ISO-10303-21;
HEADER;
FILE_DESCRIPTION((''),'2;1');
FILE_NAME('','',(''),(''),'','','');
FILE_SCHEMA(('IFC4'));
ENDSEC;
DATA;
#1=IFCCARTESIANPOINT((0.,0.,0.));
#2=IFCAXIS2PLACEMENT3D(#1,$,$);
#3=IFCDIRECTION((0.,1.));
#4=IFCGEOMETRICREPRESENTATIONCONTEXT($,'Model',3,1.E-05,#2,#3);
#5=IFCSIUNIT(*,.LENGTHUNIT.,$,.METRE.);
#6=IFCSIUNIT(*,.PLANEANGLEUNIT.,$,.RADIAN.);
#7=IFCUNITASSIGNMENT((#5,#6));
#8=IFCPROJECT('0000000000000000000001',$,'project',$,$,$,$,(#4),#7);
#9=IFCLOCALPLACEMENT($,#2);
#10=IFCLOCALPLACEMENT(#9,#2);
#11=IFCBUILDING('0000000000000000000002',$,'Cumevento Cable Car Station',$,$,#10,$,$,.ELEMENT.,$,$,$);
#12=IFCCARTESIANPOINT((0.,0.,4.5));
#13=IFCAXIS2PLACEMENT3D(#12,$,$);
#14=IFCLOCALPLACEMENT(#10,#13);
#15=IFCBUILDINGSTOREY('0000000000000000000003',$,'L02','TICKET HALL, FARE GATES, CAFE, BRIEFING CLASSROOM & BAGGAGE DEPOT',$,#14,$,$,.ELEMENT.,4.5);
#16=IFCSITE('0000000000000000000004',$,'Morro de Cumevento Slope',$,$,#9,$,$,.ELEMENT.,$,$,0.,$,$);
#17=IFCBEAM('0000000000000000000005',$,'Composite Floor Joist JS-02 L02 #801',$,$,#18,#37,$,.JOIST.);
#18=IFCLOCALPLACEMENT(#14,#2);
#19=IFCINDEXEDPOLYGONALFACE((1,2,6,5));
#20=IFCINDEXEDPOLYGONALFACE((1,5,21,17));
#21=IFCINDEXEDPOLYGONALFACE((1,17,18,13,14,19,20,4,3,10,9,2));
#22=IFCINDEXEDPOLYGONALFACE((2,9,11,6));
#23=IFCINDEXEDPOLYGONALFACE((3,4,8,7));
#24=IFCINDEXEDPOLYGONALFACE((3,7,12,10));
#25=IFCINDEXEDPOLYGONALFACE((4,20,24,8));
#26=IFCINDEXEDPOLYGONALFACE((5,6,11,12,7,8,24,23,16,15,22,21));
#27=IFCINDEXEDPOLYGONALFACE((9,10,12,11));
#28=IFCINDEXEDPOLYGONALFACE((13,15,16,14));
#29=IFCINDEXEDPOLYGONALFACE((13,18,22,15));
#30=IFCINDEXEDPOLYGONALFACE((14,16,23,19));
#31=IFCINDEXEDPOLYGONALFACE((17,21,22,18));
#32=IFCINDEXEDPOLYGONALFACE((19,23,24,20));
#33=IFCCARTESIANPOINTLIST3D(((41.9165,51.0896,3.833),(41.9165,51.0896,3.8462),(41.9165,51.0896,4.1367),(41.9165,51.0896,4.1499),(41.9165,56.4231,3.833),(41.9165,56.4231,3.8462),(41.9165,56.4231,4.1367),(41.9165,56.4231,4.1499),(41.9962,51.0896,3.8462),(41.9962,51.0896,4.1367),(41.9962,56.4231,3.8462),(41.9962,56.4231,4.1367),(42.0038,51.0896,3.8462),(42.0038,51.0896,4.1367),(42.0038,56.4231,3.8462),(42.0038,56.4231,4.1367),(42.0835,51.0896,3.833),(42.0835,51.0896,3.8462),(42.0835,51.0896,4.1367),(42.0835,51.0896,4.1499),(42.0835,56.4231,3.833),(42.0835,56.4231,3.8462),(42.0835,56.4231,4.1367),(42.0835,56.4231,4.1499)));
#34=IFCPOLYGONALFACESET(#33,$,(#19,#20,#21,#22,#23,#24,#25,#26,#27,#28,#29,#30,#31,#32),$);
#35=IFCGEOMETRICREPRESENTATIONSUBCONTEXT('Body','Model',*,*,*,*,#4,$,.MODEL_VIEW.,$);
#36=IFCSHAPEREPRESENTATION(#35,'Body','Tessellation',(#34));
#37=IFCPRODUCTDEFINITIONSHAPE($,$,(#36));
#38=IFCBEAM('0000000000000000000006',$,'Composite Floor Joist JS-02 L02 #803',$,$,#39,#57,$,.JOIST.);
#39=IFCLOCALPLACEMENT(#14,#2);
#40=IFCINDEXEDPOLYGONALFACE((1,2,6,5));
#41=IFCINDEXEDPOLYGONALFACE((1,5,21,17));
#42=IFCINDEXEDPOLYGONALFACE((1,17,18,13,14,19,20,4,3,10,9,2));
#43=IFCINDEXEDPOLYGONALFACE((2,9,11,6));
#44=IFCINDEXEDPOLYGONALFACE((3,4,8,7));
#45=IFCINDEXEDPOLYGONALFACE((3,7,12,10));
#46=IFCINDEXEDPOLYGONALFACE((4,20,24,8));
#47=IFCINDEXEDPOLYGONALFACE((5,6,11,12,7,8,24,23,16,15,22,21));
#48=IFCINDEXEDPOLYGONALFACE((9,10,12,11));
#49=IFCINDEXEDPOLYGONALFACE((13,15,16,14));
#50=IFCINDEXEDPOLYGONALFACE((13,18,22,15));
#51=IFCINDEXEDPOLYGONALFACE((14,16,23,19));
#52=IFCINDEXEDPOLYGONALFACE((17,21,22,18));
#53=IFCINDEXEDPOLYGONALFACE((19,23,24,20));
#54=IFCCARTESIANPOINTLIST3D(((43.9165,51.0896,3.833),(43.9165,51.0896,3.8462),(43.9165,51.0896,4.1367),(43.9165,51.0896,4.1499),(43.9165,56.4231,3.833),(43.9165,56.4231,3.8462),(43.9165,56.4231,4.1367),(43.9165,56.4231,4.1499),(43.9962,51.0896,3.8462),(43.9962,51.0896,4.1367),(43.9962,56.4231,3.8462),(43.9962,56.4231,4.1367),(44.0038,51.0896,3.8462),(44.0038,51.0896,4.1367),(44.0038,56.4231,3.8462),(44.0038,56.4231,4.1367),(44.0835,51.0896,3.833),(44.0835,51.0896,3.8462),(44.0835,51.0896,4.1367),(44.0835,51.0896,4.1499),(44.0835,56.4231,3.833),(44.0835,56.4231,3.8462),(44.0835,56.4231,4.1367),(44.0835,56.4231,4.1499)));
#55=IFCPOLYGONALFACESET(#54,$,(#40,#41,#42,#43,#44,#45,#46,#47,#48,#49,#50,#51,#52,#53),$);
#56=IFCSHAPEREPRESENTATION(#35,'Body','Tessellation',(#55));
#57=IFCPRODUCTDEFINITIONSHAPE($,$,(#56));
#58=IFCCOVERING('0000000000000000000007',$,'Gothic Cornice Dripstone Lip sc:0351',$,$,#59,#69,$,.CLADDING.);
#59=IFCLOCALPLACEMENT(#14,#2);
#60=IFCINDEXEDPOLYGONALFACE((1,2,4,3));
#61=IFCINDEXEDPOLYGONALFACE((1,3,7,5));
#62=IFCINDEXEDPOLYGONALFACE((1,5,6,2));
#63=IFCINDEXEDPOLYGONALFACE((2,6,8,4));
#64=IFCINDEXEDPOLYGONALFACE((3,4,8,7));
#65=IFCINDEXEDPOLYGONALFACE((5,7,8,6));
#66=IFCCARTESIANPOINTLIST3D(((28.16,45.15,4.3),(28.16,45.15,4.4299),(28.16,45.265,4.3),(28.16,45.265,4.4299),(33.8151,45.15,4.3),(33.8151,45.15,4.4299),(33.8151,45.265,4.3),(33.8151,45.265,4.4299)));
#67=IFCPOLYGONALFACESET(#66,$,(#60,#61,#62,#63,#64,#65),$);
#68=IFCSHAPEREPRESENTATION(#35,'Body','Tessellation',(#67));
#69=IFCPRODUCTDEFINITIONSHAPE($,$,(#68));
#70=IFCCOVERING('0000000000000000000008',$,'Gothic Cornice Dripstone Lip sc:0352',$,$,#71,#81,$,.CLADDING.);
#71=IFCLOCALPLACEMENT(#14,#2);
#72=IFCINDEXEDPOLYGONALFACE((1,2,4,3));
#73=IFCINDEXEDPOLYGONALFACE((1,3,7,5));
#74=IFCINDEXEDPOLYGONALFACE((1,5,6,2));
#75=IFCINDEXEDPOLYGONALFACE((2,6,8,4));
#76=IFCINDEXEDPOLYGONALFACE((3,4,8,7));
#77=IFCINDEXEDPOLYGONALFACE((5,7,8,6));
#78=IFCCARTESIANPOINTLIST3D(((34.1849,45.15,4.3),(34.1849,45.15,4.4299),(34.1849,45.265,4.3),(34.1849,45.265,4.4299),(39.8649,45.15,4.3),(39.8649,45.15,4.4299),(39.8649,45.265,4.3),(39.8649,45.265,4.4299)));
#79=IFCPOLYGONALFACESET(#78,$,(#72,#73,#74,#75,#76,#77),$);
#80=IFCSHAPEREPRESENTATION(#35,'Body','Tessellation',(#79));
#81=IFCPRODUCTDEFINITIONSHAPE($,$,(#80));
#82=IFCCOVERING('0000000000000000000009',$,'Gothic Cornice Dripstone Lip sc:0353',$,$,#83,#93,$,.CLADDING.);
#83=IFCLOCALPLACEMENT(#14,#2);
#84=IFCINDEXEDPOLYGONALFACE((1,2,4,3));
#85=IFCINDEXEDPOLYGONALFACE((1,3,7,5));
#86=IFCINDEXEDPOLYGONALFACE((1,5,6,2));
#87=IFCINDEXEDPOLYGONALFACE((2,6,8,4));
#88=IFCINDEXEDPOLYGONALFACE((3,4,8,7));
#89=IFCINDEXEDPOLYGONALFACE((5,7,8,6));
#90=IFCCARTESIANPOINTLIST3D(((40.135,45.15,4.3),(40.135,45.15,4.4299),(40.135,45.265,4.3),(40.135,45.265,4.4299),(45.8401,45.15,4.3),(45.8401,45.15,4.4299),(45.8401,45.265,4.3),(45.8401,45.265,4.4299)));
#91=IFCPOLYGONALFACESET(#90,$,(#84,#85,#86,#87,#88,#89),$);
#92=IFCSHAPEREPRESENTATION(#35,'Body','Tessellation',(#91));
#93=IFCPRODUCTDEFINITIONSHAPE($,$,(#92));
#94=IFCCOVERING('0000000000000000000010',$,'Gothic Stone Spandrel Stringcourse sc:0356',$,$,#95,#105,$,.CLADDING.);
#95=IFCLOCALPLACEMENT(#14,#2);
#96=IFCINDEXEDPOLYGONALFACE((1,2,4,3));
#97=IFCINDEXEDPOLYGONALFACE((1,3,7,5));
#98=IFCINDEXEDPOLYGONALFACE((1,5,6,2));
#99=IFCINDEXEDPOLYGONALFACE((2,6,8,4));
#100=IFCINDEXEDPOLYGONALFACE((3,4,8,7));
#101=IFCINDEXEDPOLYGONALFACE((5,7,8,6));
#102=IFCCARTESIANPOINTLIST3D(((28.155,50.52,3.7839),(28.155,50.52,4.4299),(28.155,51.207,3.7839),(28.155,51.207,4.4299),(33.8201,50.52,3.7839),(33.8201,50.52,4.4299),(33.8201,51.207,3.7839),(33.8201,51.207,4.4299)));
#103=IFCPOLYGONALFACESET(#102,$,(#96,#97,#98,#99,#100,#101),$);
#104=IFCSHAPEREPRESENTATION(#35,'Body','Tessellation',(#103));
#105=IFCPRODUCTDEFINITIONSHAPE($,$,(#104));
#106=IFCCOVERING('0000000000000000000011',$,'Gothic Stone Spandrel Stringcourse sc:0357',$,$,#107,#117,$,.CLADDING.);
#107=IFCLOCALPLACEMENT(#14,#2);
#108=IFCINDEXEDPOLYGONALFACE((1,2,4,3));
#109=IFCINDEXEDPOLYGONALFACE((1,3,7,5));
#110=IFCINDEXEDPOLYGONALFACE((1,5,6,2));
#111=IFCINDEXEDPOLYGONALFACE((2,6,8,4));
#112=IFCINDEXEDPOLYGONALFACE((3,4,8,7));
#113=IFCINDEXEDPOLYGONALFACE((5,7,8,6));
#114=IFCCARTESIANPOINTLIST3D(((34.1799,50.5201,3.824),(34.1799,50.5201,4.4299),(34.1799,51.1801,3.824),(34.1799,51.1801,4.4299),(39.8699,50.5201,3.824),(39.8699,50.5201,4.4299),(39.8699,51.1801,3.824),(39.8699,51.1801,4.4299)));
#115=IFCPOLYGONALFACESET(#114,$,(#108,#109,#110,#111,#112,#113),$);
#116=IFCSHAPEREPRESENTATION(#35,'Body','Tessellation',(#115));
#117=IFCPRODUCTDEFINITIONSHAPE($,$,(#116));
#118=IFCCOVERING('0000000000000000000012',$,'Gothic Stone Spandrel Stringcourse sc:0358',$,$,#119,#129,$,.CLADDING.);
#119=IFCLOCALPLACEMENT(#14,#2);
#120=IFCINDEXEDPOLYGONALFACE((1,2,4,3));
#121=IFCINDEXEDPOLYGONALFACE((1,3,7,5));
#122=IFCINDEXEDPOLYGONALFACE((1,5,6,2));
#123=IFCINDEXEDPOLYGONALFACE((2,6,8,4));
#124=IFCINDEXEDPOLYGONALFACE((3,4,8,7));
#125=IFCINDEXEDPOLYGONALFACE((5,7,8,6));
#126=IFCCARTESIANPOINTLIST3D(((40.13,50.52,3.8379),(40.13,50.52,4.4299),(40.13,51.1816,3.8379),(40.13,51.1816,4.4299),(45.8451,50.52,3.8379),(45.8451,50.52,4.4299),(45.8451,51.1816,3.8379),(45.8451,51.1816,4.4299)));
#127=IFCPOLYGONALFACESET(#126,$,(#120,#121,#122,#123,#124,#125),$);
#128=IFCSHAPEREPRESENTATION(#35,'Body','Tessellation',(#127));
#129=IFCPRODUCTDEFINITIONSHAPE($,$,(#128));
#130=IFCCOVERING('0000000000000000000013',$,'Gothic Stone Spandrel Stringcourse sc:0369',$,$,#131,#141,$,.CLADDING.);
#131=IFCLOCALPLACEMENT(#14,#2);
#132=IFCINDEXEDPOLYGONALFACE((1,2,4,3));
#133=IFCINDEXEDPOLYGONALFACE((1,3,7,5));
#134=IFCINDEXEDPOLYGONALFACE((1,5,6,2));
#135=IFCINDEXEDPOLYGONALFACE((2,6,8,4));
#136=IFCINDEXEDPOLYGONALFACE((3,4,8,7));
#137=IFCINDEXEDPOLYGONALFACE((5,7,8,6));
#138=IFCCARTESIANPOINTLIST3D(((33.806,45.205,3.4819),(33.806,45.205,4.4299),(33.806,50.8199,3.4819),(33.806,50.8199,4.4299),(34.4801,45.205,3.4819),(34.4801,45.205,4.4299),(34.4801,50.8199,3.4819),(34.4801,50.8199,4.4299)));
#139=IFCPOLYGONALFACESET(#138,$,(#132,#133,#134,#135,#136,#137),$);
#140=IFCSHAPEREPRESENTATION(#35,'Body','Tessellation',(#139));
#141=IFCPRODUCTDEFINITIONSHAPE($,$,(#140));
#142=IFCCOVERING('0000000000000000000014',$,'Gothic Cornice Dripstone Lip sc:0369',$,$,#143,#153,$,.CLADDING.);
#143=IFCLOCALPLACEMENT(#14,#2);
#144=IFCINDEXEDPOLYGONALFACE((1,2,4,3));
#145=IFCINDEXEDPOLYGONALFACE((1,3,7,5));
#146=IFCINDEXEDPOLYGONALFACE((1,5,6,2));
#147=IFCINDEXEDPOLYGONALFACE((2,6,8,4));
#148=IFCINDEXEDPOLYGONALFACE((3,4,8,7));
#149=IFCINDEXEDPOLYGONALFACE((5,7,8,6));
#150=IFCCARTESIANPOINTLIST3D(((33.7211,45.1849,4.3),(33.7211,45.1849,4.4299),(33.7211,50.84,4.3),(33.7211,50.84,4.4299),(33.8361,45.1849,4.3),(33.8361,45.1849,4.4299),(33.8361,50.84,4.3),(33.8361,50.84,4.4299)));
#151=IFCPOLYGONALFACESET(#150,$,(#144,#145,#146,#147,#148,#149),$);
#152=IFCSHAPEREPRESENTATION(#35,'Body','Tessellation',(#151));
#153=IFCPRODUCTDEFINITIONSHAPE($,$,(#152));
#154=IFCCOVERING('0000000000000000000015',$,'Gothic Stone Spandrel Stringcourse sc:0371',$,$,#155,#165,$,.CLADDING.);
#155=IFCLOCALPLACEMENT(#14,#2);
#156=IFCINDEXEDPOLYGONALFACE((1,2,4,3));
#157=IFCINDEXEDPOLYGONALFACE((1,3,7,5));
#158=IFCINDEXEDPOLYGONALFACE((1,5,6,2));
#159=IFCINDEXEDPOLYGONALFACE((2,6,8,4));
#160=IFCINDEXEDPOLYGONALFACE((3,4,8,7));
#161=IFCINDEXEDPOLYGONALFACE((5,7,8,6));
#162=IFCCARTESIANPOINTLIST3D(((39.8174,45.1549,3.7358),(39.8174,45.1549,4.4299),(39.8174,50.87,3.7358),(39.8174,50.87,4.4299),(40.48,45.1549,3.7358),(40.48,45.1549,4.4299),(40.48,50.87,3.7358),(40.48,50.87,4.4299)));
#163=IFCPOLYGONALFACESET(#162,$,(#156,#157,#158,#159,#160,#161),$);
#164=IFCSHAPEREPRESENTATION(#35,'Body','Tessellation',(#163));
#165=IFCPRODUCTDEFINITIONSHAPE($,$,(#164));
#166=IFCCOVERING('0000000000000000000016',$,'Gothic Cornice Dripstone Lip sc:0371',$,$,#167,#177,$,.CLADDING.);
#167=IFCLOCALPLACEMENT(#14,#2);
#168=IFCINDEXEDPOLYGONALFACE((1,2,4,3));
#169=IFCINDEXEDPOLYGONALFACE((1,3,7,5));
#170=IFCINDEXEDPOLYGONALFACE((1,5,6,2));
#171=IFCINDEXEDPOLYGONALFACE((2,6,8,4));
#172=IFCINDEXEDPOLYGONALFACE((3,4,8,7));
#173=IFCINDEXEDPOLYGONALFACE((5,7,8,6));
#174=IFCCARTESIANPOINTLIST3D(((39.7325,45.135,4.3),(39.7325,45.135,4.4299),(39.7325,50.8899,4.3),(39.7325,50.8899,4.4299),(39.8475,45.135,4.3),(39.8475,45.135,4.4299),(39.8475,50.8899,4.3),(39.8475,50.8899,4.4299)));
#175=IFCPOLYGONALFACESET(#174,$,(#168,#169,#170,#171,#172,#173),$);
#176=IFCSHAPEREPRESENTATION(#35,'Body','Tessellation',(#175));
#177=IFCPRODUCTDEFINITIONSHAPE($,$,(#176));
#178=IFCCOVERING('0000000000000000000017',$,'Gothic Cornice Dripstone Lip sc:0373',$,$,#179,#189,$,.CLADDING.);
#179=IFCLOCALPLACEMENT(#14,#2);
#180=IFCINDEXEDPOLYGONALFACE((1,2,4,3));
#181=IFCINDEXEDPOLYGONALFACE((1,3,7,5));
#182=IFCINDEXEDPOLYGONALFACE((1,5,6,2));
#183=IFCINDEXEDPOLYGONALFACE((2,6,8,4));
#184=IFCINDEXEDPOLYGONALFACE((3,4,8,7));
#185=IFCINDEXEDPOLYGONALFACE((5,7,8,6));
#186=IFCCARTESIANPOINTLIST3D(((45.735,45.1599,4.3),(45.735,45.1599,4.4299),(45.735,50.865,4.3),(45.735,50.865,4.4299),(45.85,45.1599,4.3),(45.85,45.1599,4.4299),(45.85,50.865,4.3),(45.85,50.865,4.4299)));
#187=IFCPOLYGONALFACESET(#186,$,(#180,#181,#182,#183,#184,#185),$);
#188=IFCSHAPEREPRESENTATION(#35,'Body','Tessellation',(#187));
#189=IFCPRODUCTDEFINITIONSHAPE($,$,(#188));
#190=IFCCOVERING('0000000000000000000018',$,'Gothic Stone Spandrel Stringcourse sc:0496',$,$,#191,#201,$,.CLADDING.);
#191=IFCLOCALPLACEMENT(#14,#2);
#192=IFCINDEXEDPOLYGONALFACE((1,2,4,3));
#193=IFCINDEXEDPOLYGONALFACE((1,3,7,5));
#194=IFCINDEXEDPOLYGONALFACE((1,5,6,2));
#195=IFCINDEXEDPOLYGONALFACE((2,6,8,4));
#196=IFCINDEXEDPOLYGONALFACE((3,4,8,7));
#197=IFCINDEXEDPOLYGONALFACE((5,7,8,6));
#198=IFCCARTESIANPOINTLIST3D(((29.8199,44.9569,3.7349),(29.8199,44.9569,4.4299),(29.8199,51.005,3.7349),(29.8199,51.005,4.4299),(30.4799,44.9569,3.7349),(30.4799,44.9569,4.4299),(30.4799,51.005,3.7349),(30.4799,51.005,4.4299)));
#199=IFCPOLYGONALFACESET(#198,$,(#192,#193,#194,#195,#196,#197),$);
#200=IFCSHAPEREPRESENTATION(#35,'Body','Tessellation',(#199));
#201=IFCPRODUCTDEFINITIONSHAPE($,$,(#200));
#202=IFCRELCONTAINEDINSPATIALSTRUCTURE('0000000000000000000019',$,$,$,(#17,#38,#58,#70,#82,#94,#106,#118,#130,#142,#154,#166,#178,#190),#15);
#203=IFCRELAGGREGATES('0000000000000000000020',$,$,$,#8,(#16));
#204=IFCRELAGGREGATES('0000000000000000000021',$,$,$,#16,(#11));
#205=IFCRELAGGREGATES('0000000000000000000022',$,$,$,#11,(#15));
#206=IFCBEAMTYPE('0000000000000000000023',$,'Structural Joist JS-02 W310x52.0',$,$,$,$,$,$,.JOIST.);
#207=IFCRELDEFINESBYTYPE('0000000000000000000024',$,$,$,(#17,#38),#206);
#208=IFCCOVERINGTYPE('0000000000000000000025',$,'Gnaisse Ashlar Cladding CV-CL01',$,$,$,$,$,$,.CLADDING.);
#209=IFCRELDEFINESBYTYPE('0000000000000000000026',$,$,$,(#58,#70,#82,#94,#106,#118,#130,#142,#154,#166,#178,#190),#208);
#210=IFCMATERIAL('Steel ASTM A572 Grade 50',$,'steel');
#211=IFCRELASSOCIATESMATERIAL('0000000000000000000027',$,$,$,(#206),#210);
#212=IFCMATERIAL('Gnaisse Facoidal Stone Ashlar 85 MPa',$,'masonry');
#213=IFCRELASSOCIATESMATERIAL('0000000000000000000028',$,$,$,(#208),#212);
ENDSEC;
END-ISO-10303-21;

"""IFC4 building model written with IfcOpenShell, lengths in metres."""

from ifc_helpers import new_model, si_unit, direction, frame, origin, origin_2d, place, context, subcontext, project, spatial, rectangle, i_section, extrude, material, material_profile, profile_set, type_object, element, save


model = new_model("IFC4")

# Units and contexts
model_context = context("Model", 3, precision=1e-05, world=origin(), true_north=direction((0.0, 1.0)))
body_context = subcontext(model_context, "Body", "Model", "MODEL_VIEW")
ifc_project = project(units=[si_unit("LENGTHUNIT", "METRE"), si_unit("PLANEANGLEUNIT", "RADIAN")], contexts=[model_context])

# Site, building, storey
site_placement = place(None, origin())
site = spatial("IfcSite", under=ifc_project, at=site_placement, Name="Morro de Cumevento Slope", CompositionType="ELEMENT", RefElevation=0.0)
building_placement = place(site_placement, origin())
building = spatial("IfcBuilding", under=site, at=building_placement, Name="Cumevento Cable Car Station", CompositionType="ELEMENT")
storey_placement = place(building_placement, frame((0.0, 0.0, 4.5)))
storey = spatial("IfcBuildingStorey", under=building, at=storey_placement, Name="L02", Description="TICKET HALL, FARE GATES, CAFE, BRIEFING CLASSROOM & BAGGAGE DEPOT", CompositionType="ELEMENT", Elevation=4.5)

# Beams
ifc_material_1 = material(Name="Steel ASTM A572 Grade 50", Category="steel")
ifc_material_profile_1 = material_profile(ifc_material_1, i_section(OverallWidth=0.167, OverallDepth=0.3169, WebThickness=0.0076, FlangeThickness=0.0132, at=origin_2d()), Name="W310x52.0")
ifc_profile_set_1 = profile_set([ifc_material_profile_1], Name="Steel ASTM A572 Grade 50")
beam_type_1 = type_object("IfcBeamType", Name="Structural Joist JS-02 W310x52.0", PredefinedType="JOIST", material=ifc_profile_set_1)
for number, where, z_axis, x_axis, name in (
    (1, (42.0, 51.0896, 3.9915), (0.0, 1.0, 0.0), (-1.0, 0.0, 0.0), "Composite Floor Joist JS-02 L02 #801"),
    (2, (44.0, 51.0896, 3.9915), (0.0, 1.0, 0.0), (-1.0, 0.0, 0.0), "Composite Floor Joist JS-02 L02 #803"),
):
    element("IfcBeam", number, at=place(storey_placement, frame(where, z_axis=z_axis, x_axis=x_axis)), inside=storey, type_object=beam_type_1, Name=name, PredefinedType="JOIST", context=body_context, shape_type="SweptSolid", body=[
        extrude(i_section(OverallWidth=0.167, OverallDepth=0.3169, WebThickness=0.0076, FlangeThickness=0.0132, at=origin_2d()), origin(), (0.0, 0.0, 1.0), 5.3335),
    ])

# Coverings
ifc_material_2 = material(Name="Gnaisse Facoidal Stone Ashlar 85 MPa", Category="masonry")
covering_type = type_object("IfcCoveringType", Name="Gnaisse Ashlar Cladding CV-CL01", PredefinedType="CLADDING", material=ifc_material_2)
covering_1_placement = place(storey_placement, frame((30.9875, 45.2075, 4.3), z_axis=(0.0, 0.0, 1.0), x_axis=(1.0, 0.0, 0.0)))
element("IfcCovering", 3, at=covering_1_placement, inside=storey, type_object=covering_type, Name="Gothic Cornice Dripstone Lip sc:0351", PredefinedType="CLADDING", context=body_context, shape_type="SweptSolid", body=[
    extrude(rectangle(XDim=5.655, YDim=0.115, at=origin_2d()), origin(), (0.0, 0.0, 1.0), 0.1299),
])
covering_2_placement = place(storey_placement, frame((37.0249, 45.2075, 4.3), z_axis=(0.0, 0.0, 1.0), x_axis=(1.0, 0.0, 0.0)))
element("IfcCovering", 4, at=covering_2_placement, inside=storey, type_object=covering_type, Name="Gothic Cornice Dripstone Lip sc:0352", PredefinedType="CLADDING", context=body_context, shape_type="SweptSolid", body=[
    extrude(rectangle(XDim=5.6799, YDim=0.115, at=origin_2d()), origin(), (0.0, 0.0, 1.0), 0.1299),
])
covering_3_placement = place(storey_placement, frame((42.9875, 45.2075, 4.3), z_axis=(0.0, 0.0, 1.0), x_axis=(1.0, 0.0, 0.0)))
element("IfcCovering", 5, at=covering_3_placement, inside=storey, type_object=covering_type, Name="Gothic Cornice Dripstone Lip sc:0353", PredefinedType="CLADDING", context=body_context, shape_type="SweptSolid", body=[
    extrude(rectangle(XDim=5.7051, YDim=0.115, at=origin_2d()), origin(), (0.0, 0.0, 1.0), 0.1299),
])
covering_4_placement = place(storey_placement, frame((30.9875, 50.8635, 3.7839), z_axis=(0.0, 0.0, 1.0), x_axis=(1.0, 0.0, 0.0)))
element("IfcCovering", 6, at=covering_4_placement, inside=storey, type_object=covering_type, Name="Gothic Stone Spandrel Stringcourse sc:0356", PredefinedType="CLADDING", context=body_context, shape_type="SweptSolid", body=[
    extrude(rectangle(XDim=5.665, YDim=0.687, at=origin_2d()), origin(), (0.0, 0.0, 1.0), 0.646),
])
covering_5_placement = place(storey_placement, frame((37.0249, 50.8501, 3.824), z_axis=(0.0, 0.0, 1.0), x_axis=(1.0, 0.0, 0.0)))
element("IfcCovering", 7, at=covering_5_placement, inside=storey, type_object=covering_type, Name="Gothic Stone Spandrel Stringcourse sc:0357", PredefinedType="CLADDING", context=body_context, shape_type="SweptSolid", body=[
    extrude(rectangle(XDim=5.6899, YDim=0.6599, at=origin_2d()), origin(), (0.0, 0.0, 1.0), 0.606),
])
covering_6_placement = place(storey_placement, frame((42.9875, 50.8508, 3.8379), z_axis=(0.0, 0.0, 1.0), x_axis=(1.0, 0.0, 0.0)))
element("IfcCovering", 8, at=covering_6_placement, inside=storey, type_object=covering_type, Name="Gothic Stone Spandrel Stringcourse sc:0358", PredefinedType="CLADDING", context=body_context, shape_type="SweptSolid", body=[
    extrude(rectangle(XDim=5.7151, YDim=0.6616, at=origin_2d()), origin(), (0.0, 0.0, 1.0), 0.592),
])
covering_7_placement = place(storey_placement, frame((34.1431, 48.0125, 3.4819), z_axis=(0.0, 0.0, 1.0), x_axis=(0.0, 1.0, 0.0)))
element("IfcCovering", 9, at=covering_7_placement, inside=storey, type_object=covering_type, Name="Gothic Stone Spandrel Stringcourse sc:0369", PredefinedType="CLADDING", context=body_context, shape_type="SweptSolid", body=[
    extrude(rectangle(XDim=5.615, YDim=0.6741, at=origin_2d()), origin(), (0.0, 0.0, 1.0), 0.948),
])
covering_8_placement = place(storey_placement, frame((33.7786, 48.0125, 4.3), z_axis=(0.0, 0.0, 1.0), x_axis=(0.0, 1.0, 0.0)))
element("IfcCovering", 10, at=covering_8_placement, inside=storey, type_object=covering_type, Name="Gothic Cornice Dripstone Lip sc:0369", PredefinedType="CLADDING", context=body_context, shape_type="SweptSolid", body=[
    extrude(rectangle(XDim=5.655, YDim=0.115, at=origin_2d()), origin(), (0.0, 0.0, 1.0), 0.1299),
])
covering_9_placement = place(storey_placement, frame((40.1487, 48.0125, 3.7358), z_axis=(0.0, 0.0, 1.0), x_axis=(0.0, 1.0, 0.0)))
element("IfcCovering", 11, at=covering_9_placement, inside=storey, type_object=covering_type, Name="Gothic Stone Spandrel Stringcourse sc:0371", PredefinedType="CLADDING", context=body_context, shape_type="SweptSolid", body=[
    extrude(rectangle(XDim=5.7151, YDim=0.6626, at=origin_2d()), origin(), (0.0, 0.0, 1.0), 0.6941),
])
covering_10_placement = place(storey_placement, frame((39.79, 48.0125, 4.3), z_axis=(0.0, 0.0, 1.0), x_axis=(0.0, 1.0, 0.0)))
element("IfcCovering", 12, at=covering_10_placement, inside=storey, type_object=covering_type, Name="Gothic Cornice Dripstone Lip sc:0371", PredefinedType="CLADDING", context=body_context, shape_type="SweptSolid", body=[
    extrude(rectangle(XDim=5.7549, YDim=0.115, at=origin_2d()), origin(), (0.0, 0.0, 1.0), 0.1299),
])
covering_11_placement = place(storey_placement, frame((45.7925, 48.0125, 4.3), z_axis=(0.0, 0.0, 1.0), x_axis=(0.0, 1.0, 0.0)))
element("IfcCovering", 13, at=covering_11_placement, inside=storey, type_object=covering_type, Name="Gothic Cornice Dripstone Lip sc:0373", PredefinedType="CLADDING", context=body_context, shape_type="SweptSolid", body=[
    extrude(rectangle(XDim=5.7051, YDim=0.115, at=origin_2d()), origin(), (0.0, 0.0, 1.0), 0.1299),
])
covering_12_placement = place(storey_placement, frame((30.1499, 47.981, 3.7349), z_axis=(0.0, 0.0, 1.0), x_axis=(0.0, 1.0, 0.0)))
element("IfcCovering", 14, at=covering_12_placement, inside=storey, type_object=covering_type, Name="Gothic Stone Spandrel Stringcourse sc:0496", PredefinedType="CLADDING", context=body_context, shape_type="SweptSolid", body=[
    extrude(rectangle(XDim=6.0481, YDim=0.6599, at=origin_2d()), origin(), (0.0, 0.0, 1.0), 0.6951),
])

save(model, "model.ifc")
